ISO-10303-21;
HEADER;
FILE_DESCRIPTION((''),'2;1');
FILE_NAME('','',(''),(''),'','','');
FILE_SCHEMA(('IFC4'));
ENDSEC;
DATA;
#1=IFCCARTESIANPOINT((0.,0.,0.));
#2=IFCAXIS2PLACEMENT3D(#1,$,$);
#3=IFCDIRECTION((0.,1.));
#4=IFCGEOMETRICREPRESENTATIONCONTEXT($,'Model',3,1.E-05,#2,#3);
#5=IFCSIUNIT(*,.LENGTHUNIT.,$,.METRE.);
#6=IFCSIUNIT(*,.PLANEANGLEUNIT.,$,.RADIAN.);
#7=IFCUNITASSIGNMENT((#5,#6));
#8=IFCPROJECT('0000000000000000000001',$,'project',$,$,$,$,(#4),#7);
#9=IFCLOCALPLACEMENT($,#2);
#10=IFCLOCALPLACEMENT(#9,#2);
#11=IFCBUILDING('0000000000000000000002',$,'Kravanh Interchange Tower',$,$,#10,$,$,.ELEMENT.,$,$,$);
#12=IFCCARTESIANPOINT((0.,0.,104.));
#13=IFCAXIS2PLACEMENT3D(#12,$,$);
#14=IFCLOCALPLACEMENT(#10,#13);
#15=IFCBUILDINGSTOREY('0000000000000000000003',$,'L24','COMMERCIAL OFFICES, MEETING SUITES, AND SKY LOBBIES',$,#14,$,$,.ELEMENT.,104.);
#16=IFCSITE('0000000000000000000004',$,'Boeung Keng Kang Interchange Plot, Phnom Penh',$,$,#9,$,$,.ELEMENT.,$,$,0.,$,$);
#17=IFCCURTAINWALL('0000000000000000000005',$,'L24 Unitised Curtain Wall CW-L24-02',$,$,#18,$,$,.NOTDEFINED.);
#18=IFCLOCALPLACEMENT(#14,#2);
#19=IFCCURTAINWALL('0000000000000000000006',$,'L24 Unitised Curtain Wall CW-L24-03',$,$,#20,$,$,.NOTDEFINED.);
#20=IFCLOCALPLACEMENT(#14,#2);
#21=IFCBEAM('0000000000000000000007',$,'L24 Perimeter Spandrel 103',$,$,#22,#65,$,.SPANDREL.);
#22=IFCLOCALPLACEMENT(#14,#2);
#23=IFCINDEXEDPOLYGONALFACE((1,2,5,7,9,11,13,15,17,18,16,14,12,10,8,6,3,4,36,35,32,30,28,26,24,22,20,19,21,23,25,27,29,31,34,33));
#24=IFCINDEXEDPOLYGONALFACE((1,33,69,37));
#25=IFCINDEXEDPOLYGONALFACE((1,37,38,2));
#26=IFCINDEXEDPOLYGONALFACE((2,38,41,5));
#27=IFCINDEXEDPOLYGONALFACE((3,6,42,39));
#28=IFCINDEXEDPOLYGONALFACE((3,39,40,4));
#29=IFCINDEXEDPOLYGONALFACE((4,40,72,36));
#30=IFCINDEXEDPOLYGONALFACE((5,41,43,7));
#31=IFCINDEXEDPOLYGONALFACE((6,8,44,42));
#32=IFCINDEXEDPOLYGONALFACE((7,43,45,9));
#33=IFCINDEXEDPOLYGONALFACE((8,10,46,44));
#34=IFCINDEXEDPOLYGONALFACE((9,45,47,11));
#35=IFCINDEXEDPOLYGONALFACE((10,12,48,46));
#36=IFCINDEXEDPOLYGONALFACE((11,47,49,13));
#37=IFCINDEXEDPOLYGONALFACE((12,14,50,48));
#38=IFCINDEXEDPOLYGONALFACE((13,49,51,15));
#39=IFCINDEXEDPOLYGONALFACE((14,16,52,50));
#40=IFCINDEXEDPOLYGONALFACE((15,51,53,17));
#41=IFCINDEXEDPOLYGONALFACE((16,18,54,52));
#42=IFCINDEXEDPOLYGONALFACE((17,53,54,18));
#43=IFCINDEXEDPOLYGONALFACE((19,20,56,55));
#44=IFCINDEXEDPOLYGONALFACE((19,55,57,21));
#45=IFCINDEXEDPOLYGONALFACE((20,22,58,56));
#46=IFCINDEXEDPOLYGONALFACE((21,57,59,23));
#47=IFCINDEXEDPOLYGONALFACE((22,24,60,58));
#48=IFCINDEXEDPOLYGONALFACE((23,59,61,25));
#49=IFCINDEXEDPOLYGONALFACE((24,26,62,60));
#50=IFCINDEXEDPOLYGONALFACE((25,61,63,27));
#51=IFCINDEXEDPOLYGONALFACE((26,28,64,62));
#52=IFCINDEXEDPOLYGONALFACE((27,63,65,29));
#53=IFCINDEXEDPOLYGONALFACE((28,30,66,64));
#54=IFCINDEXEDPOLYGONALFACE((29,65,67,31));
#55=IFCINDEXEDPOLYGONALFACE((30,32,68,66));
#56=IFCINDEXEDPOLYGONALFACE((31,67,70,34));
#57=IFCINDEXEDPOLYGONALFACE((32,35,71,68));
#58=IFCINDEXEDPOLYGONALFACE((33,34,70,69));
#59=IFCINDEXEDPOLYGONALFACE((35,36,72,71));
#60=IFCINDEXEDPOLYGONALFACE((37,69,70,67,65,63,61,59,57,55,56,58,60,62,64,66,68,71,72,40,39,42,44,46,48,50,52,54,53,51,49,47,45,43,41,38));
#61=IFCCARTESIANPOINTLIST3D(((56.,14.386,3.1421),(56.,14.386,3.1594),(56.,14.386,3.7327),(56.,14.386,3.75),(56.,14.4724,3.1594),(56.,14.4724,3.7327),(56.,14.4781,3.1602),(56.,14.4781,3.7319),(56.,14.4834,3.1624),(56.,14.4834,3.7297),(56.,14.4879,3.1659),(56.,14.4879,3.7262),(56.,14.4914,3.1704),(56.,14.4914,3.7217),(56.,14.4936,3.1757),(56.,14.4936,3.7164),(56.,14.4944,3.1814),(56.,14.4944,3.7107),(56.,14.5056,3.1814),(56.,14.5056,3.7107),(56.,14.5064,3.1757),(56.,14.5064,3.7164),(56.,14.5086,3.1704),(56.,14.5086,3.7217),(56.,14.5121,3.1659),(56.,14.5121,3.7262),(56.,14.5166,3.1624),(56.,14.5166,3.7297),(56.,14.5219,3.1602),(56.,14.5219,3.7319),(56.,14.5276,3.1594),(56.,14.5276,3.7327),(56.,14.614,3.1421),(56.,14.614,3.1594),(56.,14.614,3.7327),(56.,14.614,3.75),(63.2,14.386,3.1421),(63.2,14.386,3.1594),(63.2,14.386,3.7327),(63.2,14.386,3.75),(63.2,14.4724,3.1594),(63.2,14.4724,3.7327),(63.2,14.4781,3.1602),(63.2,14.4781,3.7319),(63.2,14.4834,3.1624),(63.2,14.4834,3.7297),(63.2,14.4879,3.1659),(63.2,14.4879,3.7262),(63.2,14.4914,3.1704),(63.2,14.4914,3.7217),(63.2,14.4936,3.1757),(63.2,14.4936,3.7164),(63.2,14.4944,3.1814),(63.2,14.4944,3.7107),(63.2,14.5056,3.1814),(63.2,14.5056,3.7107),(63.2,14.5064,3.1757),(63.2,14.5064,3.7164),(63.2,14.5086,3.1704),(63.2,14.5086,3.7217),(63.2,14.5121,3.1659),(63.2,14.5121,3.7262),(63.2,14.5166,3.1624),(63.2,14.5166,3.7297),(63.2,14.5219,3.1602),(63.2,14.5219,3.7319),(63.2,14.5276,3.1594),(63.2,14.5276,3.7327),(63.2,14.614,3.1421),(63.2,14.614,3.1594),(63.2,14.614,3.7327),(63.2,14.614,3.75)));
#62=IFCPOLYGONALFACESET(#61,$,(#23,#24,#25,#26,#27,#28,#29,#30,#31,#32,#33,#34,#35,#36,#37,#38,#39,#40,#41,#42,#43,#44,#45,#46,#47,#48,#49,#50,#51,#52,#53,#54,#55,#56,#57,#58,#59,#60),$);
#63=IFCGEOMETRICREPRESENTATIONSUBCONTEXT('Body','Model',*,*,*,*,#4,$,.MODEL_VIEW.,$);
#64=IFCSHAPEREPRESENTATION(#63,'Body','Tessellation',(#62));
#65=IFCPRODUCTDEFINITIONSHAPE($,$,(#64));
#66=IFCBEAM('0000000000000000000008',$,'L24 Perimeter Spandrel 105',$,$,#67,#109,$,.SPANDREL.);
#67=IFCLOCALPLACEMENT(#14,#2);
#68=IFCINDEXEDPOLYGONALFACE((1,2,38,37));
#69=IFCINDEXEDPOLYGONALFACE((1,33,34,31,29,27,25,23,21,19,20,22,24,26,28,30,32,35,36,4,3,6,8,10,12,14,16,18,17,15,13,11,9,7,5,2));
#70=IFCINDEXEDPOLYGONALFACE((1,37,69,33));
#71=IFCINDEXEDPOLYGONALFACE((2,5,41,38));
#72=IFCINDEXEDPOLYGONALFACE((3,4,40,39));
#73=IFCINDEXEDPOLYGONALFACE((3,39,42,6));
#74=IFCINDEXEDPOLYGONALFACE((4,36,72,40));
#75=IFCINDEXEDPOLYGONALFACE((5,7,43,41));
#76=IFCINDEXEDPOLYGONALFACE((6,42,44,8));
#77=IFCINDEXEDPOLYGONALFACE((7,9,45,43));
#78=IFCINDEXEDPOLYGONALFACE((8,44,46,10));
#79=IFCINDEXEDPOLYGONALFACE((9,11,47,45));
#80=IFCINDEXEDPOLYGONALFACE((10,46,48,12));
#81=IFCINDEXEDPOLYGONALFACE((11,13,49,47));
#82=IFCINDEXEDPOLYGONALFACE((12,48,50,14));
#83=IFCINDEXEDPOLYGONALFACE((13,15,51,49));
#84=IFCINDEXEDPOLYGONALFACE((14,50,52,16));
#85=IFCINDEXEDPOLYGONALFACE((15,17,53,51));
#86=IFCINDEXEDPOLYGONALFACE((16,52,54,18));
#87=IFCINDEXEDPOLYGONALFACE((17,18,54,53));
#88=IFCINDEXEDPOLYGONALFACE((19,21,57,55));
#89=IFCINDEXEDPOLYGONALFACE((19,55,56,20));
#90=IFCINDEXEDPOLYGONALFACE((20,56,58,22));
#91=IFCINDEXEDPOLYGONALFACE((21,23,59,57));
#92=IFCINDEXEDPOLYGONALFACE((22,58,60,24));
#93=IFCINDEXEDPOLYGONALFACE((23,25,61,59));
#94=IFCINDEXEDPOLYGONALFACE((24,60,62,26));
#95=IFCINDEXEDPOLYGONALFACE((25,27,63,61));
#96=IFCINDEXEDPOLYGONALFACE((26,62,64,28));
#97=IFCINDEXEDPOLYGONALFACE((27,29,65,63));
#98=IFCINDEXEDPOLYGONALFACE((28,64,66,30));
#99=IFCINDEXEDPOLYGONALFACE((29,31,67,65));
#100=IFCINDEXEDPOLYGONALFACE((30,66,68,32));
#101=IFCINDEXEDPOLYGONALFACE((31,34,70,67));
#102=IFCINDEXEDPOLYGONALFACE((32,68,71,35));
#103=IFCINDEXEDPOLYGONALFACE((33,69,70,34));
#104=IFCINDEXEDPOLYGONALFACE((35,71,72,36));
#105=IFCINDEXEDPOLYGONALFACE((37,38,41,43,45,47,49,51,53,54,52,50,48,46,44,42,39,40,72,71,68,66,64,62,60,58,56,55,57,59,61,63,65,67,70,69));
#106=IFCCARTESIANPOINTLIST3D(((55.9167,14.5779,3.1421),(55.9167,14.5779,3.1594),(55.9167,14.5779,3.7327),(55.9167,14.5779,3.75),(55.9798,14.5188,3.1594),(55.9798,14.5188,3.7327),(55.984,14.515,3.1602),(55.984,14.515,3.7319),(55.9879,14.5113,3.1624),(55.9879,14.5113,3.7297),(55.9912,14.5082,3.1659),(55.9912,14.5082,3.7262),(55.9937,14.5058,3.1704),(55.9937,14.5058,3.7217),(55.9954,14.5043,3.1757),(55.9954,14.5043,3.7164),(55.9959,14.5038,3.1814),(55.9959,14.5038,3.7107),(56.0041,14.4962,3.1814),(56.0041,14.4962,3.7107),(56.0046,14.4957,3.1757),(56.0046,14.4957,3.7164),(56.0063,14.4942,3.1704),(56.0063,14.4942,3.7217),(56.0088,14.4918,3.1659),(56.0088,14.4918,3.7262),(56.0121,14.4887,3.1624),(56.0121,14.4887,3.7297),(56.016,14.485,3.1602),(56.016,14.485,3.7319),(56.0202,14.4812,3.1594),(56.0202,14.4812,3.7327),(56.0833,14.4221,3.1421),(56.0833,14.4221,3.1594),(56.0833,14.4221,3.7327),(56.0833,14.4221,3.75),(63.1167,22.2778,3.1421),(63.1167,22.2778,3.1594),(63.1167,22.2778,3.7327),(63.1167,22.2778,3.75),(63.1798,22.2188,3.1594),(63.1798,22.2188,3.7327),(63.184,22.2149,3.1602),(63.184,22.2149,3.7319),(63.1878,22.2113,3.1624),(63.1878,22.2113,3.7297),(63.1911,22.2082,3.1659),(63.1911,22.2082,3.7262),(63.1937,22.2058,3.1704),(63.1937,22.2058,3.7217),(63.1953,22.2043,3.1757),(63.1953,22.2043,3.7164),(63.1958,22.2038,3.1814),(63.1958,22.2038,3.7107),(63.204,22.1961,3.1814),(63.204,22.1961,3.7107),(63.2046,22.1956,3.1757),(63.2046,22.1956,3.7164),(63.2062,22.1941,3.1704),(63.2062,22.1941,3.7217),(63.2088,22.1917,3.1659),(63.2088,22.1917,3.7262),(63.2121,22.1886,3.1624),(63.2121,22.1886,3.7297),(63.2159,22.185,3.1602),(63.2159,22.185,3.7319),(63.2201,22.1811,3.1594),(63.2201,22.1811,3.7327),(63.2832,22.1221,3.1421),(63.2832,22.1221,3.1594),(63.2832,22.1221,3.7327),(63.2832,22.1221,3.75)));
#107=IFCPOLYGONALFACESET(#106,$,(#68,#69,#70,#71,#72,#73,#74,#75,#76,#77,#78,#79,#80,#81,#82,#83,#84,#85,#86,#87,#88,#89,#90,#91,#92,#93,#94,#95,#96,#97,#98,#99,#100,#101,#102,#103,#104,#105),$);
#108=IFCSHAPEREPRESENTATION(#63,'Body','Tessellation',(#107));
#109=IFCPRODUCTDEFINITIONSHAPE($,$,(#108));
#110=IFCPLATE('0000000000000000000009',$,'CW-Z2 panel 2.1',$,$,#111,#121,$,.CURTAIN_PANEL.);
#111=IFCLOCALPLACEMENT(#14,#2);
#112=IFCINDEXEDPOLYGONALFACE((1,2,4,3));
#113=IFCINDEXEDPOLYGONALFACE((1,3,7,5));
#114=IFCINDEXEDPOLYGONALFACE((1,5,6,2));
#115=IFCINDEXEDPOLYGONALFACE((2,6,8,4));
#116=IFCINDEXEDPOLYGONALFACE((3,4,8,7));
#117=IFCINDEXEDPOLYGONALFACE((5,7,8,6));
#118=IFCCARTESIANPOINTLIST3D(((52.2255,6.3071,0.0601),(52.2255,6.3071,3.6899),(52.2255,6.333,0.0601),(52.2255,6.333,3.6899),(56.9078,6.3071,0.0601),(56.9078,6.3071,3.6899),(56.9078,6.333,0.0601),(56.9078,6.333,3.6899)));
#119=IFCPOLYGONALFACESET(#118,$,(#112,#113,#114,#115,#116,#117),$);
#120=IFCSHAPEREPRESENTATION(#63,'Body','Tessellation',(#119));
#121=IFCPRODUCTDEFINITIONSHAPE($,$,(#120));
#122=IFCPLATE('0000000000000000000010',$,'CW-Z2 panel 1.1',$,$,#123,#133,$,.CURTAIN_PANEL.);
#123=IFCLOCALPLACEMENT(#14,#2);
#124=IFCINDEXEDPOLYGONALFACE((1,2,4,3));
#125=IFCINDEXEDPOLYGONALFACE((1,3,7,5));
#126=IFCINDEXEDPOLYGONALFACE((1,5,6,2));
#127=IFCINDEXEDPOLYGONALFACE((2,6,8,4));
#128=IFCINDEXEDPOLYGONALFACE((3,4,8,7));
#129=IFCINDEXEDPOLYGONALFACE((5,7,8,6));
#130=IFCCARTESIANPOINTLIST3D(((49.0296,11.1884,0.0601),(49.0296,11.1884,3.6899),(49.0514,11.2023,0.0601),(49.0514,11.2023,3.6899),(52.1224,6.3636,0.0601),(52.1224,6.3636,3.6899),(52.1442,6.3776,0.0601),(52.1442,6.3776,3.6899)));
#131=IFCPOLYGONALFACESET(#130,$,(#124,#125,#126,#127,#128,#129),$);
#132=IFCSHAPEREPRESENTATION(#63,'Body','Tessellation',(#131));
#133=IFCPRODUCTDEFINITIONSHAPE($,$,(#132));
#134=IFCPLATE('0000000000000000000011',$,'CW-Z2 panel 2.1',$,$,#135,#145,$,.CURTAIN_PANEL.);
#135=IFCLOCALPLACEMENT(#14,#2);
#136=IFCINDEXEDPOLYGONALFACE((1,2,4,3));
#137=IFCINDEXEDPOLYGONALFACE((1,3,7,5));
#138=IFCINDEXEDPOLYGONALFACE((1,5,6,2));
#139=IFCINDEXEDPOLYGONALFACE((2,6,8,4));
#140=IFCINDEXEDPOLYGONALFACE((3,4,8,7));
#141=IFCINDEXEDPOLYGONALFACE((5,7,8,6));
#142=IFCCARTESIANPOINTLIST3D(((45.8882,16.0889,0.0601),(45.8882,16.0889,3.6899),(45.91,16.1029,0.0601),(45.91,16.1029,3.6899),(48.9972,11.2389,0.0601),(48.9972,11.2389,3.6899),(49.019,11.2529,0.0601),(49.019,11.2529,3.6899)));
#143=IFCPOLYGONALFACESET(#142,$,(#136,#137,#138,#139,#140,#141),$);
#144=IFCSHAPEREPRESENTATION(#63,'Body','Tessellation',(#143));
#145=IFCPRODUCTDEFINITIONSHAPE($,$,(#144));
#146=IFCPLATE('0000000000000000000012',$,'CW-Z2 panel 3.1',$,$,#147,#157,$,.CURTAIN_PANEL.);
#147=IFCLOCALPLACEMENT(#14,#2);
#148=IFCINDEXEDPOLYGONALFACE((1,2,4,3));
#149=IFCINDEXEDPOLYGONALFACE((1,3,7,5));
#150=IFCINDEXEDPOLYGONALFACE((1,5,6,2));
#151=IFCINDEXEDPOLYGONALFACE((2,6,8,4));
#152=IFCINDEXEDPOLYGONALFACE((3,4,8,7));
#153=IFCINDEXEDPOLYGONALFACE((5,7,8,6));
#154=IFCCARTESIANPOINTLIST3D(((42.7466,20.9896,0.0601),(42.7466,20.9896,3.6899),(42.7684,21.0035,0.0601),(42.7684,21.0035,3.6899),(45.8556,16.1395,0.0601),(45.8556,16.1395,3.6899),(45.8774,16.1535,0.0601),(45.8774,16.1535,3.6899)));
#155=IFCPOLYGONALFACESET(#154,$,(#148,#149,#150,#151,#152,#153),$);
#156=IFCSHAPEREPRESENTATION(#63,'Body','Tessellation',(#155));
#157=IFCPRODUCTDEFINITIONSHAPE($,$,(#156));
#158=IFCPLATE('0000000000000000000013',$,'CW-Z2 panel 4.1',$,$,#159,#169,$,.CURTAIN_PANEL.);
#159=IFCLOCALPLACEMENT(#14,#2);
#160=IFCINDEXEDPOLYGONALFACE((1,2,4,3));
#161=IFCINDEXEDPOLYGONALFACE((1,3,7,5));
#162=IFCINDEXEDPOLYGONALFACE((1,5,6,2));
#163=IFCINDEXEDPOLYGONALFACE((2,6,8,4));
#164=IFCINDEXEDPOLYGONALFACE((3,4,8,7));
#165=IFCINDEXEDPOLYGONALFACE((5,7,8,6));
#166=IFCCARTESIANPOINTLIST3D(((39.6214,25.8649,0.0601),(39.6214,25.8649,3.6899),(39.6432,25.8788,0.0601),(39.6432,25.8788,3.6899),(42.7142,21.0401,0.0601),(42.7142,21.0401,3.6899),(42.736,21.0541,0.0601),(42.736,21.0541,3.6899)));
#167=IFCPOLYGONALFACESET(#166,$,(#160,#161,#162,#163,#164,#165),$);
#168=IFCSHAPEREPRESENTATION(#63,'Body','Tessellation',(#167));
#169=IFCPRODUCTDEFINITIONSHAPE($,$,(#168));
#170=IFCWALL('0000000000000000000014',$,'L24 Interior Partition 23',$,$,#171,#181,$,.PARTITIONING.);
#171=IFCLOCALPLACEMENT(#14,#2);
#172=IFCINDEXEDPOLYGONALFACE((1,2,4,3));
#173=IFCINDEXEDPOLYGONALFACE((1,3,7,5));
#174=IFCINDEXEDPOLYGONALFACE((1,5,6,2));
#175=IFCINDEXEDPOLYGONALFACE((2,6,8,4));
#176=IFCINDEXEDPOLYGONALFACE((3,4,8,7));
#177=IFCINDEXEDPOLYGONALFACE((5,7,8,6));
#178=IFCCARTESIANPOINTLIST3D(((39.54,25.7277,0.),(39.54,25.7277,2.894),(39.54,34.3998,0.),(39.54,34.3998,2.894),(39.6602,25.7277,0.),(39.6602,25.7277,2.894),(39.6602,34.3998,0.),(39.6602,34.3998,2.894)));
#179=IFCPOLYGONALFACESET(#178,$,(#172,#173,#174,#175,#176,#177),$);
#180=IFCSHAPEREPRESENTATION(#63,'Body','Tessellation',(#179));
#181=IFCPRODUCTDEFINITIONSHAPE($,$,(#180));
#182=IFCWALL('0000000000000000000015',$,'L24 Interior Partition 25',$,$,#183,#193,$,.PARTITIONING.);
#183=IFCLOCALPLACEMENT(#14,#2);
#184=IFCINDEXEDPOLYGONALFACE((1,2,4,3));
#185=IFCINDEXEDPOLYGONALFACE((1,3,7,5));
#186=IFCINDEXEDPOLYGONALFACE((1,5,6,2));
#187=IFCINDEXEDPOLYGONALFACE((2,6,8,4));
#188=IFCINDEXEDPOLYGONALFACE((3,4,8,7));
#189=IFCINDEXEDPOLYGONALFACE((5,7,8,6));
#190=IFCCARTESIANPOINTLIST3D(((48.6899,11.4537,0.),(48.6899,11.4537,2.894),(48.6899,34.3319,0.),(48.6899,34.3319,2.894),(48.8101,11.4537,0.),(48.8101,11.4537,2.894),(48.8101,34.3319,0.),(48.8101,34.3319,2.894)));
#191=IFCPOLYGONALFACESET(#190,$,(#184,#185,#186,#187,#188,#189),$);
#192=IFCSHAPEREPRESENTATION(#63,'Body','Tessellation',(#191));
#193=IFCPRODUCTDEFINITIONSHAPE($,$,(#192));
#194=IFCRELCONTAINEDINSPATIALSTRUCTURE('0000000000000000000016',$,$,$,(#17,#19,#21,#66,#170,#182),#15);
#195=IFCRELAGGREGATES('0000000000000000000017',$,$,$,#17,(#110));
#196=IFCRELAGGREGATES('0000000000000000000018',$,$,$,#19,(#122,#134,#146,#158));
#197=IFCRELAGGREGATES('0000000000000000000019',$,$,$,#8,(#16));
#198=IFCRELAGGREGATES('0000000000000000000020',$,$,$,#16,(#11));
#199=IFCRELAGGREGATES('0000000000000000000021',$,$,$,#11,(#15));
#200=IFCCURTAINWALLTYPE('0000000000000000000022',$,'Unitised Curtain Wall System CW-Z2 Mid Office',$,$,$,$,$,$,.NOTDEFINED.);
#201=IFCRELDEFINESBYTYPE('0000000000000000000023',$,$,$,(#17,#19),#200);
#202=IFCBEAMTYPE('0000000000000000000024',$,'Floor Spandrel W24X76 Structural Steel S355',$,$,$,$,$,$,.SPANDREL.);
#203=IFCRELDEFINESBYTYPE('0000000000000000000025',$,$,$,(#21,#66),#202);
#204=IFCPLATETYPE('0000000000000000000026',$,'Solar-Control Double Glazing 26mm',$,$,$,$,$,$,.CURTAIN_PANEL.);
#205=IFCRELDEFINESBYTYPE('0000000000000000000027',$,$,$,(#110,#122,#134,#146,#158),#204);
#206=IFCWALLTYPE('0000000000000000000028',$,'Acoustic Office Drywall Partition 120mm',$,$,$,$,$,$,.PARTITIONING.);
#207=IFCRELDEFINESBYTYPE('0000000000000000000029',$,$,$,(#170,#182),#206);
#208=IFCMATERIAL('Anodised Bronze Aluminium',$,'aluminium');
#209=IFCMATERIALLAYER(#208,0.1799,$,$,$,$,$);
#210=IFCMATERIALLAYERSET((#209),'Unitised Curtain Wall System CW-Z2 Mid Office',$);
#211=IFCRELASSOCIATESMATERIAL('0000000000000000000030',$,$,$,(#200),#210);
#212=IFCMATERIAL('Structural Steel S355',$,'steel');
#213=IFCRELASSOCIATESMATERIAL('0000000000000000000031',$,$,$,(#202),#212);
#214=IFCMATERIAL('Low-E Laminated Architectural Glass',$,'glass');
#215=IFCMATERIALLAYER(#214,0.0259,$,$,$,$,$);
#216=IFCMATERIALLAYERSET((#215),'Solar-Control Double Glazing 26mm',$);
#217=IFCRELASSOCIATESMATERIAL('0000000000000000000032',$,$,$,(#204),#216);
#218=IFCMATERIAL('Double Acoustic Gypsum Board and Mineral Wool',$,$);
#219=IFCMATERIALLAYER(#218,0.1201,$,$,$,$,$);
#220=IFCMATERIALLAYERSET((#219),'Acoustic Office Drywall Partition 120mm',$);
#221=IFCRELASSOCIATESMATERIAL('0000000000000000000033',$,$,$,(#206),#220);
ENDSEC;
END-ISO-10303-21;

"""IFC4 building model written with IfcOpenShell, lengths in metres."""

from ifc_helpers import new_model, si_unit, direction, frame, frame_2d, origin, origin_2d, place, context, subcontext, project, spatial, rectangle, i_section, extrude, material, layer, layer_set, material_profile, profile_set, type_object, element, aggregate, save


model = new_model("IFC4")

# Units and contexts
model_context = context("Model", 3, precision=1e-05, world=origin(), true_north=direction((0.0, 1.0)))
body_context = subcontext(model_context, "Body", "Model", "MODEL_VIEW")
ifc_project = project(units=[si_unit("LENGTHUNIT", "METRE"), si_unit("PLANEANGLEUNIT", "RADIAN")], contexts=[model_context])

# Site, building, storey
site_placement = place(None, origin())
site = spatial("IfcSite", under=ifc_project, at=site_placement, Name="Boeung Keng Kang Interchange Plot, Phnom Penh", CompositionType="ELEMENT", RefElevation=0.0)
building_placement = place(site_placement, origin())
building = spatial("IfcBuilding", under=site, at=building_placement, Name="Kravanh Interchange Tower", CompositionType="ELEMENT")
storey_placement = place(building_placement, frame((0.0, 0.0, 104.0)))
storey = spatial("IfcBuildingStorey", under=building, at=storey_placement, Name="L24", Description="COMMERCIAL OFFICES, MEETING SUITES, AND SKY LOBBIES", CompositionType="ELEMENT", Elevation=104.0)

# Curtain wall
ifc_material_1 = material(Name="Anodised Bronze Aluminium", Category="aluminium")
ifc_layer_1 = layer(ifc_material_1, 0.1799)
ifc_layer_set_1 = layer_set([ifc_layer_1], Name="Unitised Curtain Wall System CW-Z2 Mid Office")
curtain_wall_type = type_object("IfcCurtainWallType", Name="Unitised Curtain Wall System CW-Z2 Mid Office", PredefinedType="NOTDEFINED", material=ifc_layer_set_1)
curtain_wall_1_placement = place(storey_placement, origin())
curtain_wall_1 = element("IfcCurtainWall", 1, at=curtain_wall_1_placement, inside=storey, type_object=curtain_wall_type, Name="L24 Unitised Curtain Wall CW-L24-02", PredefinedType="NOTDEFINED")

# Curtain wall
curtain_wall_2_placement = place(storey_placement, origin())
curtain_wall_2 = element("IfcCurtainWall", 2, at=curtain_wall_2_placement, inside=storey, type_object=curtain_wall_type, Name="L24 Unitised Curtain Wall CW-L24-03", PredefinedType="NOTDEFINED")

# Beams
ifc_material_2 = material(Name="Structural Steel S355", Category="steel")
ifc_material_profile_1 = material_profile(ifc_material_2, i_section(OverallWidth=0.228, OverallDepth=0.6079, WebThickness=0.0112, FlangeThickness=0.0173, FilletRadius=0.022, at=origin_2d()), Name="W24X76")
ifc_profile_set_1 = profile_set([ifc_material_profile_1], Name="Structural Steel S355")
beam_type_1 = type_object("IfcBeamType", Name="Floor Spandrel W24X76 Structural Steel S355", PredefinedType="SPANDREL", material=ifc_profile_set_1)
beam_1_placement = place(storey_placement, frame((56.0, 14.5, 3.446), z_axis=(1.0, 0.0, 0.0), x_axis=(0.0, 1.0, 0.0)))
element("IfcBeam", 3, at=beam_1_placement, inside=storey, type_object=beam_type_1, Name="L24 Perimeter Spandrel 103", PredefinedType="SPANDREL", context=body_context, shape_type="SweptSolid", body=[
    extrude(i_section(OverallWidth=0.228, OverallDepth=0.6079, WebThickness=0.0112, FlangeThickness=0.0173, FilletRadius=0.022, at=origin_2d()), origin(), (0.0, 0.0, 1.0), 7.2),
])
beam_2_placement = place(storey_placement, frame((56.0, 14.5, 3.446), z_axis=(0.682994, 0.730424, 0.0), x_axis=(-0.730424, 0.682994, 0.0)))
element("IfcBeam", 4, at=beam_2_placement, inside=storey, type_object=beam_type_1, Name="L24 Perimeter Spandrel 105", PredefinedType="SPANDREL", context=body_context, shape_type="SweptSolid", body=[
    extrude(i_section(OverallWidth=0.228, OverallDepth=0.6079, WebThickness=0.0112, FlangeThickness=0.0173, FilletRadius=0.022, at=origin_2d()), origin(), (0.0, 0.0, 1.0), 10.5417),
])

# Plates
ifc_material_3 = material(Name="Low-E Laminated Architectural Glass", Category="glass")
ifc_layer_2 = layer(ifc_material_3, 0.0259)
ifc_layer_set_2 = layer_set([ifc_layer_2], Name="Solar-Control Double Glazing 26mm")
plate_type = type_object("IfcPlateType", Name="Solar-Control Double Glazing 26mm", PredefinedType="CURTAIN_PANEL", material=ifc_layer_set_2)
plate_1_placement = place(storey_placement, frame((54.5667, 6.3201, 0.0601), z_axis=(0.0, 0.0, 1.0), x_axis=(-1.0, 0.0, 0.0)))
plate_1 = element("IfcPlate", 5, at=plate_1_placement, type_object=plate_type, Name="CW-Z2 panel 2.1", PredefinedType="CURTAIN_PANEL", context=body_context, shape_type="SweptSolid", body=[
    extrude(rectangle(XDim=4.6824, YDim=0.0259, at=origin_2d()), origin(), (0.0, 0.0, 1.0), 3.6299),
])
aggregate(curtain_wall_1, [plate_1])
plate_2_placement = place(storey_placement, frame((50.5869, 8.783, 0.0601), z_axis=(0.0, 0.0, 1.0), x_axis=(-0.539665, 0.84188, 0.0)))
plate_2 = element("IfcPlate", 6, at=plate_2_placement, type_object=plate_type, Name="CW-Z2 panel 1.1", PredefinedType="CURTAIN_PANEL", context=body_context, shape_type="SweptSolid", body=[
    extrude(rectangle(XDim=5.731, YDim=0.0259, at=origin_2d()), origin(), (0.0, 0.0, 1.0), 3.6299),
])
plate_3_placement = place(storey_placement, frame((47.4536, 13.6709, 0.0601), z_axis=(0.0, 0.0, 1.0), x_axis=(-0.539665, 0.84188, 0.0)))
plate_3 = element("IfcPlate", 7, at=plate_3_placement, type_object=plate_type, Name="CW-Z2 panel 2.1", PredefinedType="CURTAIN_PANEL", context=body_context, shape_type="SweptSolid", body=[
    extrude(rectangle(XDim=5.761, YDim=0.0259, at=origin_2d()), origin(), (0.0, 0.0, 1.0), 3.6299),
])
plate_4_placement = place(storey_placement, frame((44.312, 18.5715, 0.0601), z_axis=(0.0, 0.0, 1.0), x_axis=(-0.539665, 0.84188, 0.0)))
plate_4 = element("IfcPlate", 8, at=plate_4_placement, type_object=plate_type, Name="CW-Z2 panel 3.1", PredefinedType="CURTAIN_PANEL", context=body_context, shape_type="SweptSolid", body=[
    extrude(rectangle(XDim=5.761, YDim=0.0259, at=origin_2d()), origin(), (0.0, 0.0, 1.0), 3.6299),
])
plate_5_placement = place(storey_placement, frame((41.1787, 23.4595, 0.0601), z_axis=(0.0, 0.0, 1.0), x_axis=(-0.539665, 0.84188, 0.0)))
plate_5 = element("IfcPlate", 9, at=plate_5_placement, type_object=plate_type, Name="CW-Z2 panel 4.1", PredefinedType="CURTAIN_PANEL", context=body_context, shape_type="SweptSolid", body=[
    extrude(rectangle(XDim=5.731, YDim=0.0259, at=origin_2d()), origin(), (0.0, 0.0, 1.0), 3.6299),
])
aggregate(curtain_wall_2, [plate_2, plate_3, plate_4, plate_5])

# Walls
ifc_material_4 = material(Name="Double Acoustic Gypsum Board and Mineral Wool")
ifc_layer_3 = layer(ifc_material_4, 0.1201)
ifc_layer_set_3 = layer_set([ifc_layer_3], Name="Acoustic Office Drywall Partition 120mm")
wall_type = type_object("IfcWallType", Name="Acoustic Office Drywall Partition 120mm", PredefinedType="PARTITIONING", material=ifc_layer_set_3)
wall_1_placement = place(storey_placement, frame((39.6001, 25.7278, 0.0), z_axis=(0.0, 0.0, 1.0), x_axis=(0.0, 1.0, 0.0)))
element("IfcWall", 10, at=wall_1_placement, inside=storey, type_object=wall_type, Name="L24 Interior Partition 23", PredefinedType="PARTITIONING", context=body_context, shape_type="SweptSolid", body=[
    extrude(rectangle(XDim=8.6721, YDim=0.1201, at=frame_2d((4.3359, 0.0))), origin(), (0.0, 0.0, 1.0), 2.894),
])
wall_2_placement = place(storey_placement, frame((48.75, 11.4539, 0.0), z_axis=(0.0, 0.0, 1.0), x_axis=(0.0, 1.0, 0.0)))
element("IfcWall", 11, at=wall_2_placement, inside=storey, type_object=wall_type, Name="L24 Interior Partition 25", PredefinedType="PARTITIONING", context=body_context, shape_type="SweptSolid", body=[
    extrude(rectangle(XDim=22.8782, YDim=0.1201, at=frame_2d((11.439, 0.0))), origin(), (0.0, 0.0, 1.0), 2.894),
])

save(model, "model.ifc")
